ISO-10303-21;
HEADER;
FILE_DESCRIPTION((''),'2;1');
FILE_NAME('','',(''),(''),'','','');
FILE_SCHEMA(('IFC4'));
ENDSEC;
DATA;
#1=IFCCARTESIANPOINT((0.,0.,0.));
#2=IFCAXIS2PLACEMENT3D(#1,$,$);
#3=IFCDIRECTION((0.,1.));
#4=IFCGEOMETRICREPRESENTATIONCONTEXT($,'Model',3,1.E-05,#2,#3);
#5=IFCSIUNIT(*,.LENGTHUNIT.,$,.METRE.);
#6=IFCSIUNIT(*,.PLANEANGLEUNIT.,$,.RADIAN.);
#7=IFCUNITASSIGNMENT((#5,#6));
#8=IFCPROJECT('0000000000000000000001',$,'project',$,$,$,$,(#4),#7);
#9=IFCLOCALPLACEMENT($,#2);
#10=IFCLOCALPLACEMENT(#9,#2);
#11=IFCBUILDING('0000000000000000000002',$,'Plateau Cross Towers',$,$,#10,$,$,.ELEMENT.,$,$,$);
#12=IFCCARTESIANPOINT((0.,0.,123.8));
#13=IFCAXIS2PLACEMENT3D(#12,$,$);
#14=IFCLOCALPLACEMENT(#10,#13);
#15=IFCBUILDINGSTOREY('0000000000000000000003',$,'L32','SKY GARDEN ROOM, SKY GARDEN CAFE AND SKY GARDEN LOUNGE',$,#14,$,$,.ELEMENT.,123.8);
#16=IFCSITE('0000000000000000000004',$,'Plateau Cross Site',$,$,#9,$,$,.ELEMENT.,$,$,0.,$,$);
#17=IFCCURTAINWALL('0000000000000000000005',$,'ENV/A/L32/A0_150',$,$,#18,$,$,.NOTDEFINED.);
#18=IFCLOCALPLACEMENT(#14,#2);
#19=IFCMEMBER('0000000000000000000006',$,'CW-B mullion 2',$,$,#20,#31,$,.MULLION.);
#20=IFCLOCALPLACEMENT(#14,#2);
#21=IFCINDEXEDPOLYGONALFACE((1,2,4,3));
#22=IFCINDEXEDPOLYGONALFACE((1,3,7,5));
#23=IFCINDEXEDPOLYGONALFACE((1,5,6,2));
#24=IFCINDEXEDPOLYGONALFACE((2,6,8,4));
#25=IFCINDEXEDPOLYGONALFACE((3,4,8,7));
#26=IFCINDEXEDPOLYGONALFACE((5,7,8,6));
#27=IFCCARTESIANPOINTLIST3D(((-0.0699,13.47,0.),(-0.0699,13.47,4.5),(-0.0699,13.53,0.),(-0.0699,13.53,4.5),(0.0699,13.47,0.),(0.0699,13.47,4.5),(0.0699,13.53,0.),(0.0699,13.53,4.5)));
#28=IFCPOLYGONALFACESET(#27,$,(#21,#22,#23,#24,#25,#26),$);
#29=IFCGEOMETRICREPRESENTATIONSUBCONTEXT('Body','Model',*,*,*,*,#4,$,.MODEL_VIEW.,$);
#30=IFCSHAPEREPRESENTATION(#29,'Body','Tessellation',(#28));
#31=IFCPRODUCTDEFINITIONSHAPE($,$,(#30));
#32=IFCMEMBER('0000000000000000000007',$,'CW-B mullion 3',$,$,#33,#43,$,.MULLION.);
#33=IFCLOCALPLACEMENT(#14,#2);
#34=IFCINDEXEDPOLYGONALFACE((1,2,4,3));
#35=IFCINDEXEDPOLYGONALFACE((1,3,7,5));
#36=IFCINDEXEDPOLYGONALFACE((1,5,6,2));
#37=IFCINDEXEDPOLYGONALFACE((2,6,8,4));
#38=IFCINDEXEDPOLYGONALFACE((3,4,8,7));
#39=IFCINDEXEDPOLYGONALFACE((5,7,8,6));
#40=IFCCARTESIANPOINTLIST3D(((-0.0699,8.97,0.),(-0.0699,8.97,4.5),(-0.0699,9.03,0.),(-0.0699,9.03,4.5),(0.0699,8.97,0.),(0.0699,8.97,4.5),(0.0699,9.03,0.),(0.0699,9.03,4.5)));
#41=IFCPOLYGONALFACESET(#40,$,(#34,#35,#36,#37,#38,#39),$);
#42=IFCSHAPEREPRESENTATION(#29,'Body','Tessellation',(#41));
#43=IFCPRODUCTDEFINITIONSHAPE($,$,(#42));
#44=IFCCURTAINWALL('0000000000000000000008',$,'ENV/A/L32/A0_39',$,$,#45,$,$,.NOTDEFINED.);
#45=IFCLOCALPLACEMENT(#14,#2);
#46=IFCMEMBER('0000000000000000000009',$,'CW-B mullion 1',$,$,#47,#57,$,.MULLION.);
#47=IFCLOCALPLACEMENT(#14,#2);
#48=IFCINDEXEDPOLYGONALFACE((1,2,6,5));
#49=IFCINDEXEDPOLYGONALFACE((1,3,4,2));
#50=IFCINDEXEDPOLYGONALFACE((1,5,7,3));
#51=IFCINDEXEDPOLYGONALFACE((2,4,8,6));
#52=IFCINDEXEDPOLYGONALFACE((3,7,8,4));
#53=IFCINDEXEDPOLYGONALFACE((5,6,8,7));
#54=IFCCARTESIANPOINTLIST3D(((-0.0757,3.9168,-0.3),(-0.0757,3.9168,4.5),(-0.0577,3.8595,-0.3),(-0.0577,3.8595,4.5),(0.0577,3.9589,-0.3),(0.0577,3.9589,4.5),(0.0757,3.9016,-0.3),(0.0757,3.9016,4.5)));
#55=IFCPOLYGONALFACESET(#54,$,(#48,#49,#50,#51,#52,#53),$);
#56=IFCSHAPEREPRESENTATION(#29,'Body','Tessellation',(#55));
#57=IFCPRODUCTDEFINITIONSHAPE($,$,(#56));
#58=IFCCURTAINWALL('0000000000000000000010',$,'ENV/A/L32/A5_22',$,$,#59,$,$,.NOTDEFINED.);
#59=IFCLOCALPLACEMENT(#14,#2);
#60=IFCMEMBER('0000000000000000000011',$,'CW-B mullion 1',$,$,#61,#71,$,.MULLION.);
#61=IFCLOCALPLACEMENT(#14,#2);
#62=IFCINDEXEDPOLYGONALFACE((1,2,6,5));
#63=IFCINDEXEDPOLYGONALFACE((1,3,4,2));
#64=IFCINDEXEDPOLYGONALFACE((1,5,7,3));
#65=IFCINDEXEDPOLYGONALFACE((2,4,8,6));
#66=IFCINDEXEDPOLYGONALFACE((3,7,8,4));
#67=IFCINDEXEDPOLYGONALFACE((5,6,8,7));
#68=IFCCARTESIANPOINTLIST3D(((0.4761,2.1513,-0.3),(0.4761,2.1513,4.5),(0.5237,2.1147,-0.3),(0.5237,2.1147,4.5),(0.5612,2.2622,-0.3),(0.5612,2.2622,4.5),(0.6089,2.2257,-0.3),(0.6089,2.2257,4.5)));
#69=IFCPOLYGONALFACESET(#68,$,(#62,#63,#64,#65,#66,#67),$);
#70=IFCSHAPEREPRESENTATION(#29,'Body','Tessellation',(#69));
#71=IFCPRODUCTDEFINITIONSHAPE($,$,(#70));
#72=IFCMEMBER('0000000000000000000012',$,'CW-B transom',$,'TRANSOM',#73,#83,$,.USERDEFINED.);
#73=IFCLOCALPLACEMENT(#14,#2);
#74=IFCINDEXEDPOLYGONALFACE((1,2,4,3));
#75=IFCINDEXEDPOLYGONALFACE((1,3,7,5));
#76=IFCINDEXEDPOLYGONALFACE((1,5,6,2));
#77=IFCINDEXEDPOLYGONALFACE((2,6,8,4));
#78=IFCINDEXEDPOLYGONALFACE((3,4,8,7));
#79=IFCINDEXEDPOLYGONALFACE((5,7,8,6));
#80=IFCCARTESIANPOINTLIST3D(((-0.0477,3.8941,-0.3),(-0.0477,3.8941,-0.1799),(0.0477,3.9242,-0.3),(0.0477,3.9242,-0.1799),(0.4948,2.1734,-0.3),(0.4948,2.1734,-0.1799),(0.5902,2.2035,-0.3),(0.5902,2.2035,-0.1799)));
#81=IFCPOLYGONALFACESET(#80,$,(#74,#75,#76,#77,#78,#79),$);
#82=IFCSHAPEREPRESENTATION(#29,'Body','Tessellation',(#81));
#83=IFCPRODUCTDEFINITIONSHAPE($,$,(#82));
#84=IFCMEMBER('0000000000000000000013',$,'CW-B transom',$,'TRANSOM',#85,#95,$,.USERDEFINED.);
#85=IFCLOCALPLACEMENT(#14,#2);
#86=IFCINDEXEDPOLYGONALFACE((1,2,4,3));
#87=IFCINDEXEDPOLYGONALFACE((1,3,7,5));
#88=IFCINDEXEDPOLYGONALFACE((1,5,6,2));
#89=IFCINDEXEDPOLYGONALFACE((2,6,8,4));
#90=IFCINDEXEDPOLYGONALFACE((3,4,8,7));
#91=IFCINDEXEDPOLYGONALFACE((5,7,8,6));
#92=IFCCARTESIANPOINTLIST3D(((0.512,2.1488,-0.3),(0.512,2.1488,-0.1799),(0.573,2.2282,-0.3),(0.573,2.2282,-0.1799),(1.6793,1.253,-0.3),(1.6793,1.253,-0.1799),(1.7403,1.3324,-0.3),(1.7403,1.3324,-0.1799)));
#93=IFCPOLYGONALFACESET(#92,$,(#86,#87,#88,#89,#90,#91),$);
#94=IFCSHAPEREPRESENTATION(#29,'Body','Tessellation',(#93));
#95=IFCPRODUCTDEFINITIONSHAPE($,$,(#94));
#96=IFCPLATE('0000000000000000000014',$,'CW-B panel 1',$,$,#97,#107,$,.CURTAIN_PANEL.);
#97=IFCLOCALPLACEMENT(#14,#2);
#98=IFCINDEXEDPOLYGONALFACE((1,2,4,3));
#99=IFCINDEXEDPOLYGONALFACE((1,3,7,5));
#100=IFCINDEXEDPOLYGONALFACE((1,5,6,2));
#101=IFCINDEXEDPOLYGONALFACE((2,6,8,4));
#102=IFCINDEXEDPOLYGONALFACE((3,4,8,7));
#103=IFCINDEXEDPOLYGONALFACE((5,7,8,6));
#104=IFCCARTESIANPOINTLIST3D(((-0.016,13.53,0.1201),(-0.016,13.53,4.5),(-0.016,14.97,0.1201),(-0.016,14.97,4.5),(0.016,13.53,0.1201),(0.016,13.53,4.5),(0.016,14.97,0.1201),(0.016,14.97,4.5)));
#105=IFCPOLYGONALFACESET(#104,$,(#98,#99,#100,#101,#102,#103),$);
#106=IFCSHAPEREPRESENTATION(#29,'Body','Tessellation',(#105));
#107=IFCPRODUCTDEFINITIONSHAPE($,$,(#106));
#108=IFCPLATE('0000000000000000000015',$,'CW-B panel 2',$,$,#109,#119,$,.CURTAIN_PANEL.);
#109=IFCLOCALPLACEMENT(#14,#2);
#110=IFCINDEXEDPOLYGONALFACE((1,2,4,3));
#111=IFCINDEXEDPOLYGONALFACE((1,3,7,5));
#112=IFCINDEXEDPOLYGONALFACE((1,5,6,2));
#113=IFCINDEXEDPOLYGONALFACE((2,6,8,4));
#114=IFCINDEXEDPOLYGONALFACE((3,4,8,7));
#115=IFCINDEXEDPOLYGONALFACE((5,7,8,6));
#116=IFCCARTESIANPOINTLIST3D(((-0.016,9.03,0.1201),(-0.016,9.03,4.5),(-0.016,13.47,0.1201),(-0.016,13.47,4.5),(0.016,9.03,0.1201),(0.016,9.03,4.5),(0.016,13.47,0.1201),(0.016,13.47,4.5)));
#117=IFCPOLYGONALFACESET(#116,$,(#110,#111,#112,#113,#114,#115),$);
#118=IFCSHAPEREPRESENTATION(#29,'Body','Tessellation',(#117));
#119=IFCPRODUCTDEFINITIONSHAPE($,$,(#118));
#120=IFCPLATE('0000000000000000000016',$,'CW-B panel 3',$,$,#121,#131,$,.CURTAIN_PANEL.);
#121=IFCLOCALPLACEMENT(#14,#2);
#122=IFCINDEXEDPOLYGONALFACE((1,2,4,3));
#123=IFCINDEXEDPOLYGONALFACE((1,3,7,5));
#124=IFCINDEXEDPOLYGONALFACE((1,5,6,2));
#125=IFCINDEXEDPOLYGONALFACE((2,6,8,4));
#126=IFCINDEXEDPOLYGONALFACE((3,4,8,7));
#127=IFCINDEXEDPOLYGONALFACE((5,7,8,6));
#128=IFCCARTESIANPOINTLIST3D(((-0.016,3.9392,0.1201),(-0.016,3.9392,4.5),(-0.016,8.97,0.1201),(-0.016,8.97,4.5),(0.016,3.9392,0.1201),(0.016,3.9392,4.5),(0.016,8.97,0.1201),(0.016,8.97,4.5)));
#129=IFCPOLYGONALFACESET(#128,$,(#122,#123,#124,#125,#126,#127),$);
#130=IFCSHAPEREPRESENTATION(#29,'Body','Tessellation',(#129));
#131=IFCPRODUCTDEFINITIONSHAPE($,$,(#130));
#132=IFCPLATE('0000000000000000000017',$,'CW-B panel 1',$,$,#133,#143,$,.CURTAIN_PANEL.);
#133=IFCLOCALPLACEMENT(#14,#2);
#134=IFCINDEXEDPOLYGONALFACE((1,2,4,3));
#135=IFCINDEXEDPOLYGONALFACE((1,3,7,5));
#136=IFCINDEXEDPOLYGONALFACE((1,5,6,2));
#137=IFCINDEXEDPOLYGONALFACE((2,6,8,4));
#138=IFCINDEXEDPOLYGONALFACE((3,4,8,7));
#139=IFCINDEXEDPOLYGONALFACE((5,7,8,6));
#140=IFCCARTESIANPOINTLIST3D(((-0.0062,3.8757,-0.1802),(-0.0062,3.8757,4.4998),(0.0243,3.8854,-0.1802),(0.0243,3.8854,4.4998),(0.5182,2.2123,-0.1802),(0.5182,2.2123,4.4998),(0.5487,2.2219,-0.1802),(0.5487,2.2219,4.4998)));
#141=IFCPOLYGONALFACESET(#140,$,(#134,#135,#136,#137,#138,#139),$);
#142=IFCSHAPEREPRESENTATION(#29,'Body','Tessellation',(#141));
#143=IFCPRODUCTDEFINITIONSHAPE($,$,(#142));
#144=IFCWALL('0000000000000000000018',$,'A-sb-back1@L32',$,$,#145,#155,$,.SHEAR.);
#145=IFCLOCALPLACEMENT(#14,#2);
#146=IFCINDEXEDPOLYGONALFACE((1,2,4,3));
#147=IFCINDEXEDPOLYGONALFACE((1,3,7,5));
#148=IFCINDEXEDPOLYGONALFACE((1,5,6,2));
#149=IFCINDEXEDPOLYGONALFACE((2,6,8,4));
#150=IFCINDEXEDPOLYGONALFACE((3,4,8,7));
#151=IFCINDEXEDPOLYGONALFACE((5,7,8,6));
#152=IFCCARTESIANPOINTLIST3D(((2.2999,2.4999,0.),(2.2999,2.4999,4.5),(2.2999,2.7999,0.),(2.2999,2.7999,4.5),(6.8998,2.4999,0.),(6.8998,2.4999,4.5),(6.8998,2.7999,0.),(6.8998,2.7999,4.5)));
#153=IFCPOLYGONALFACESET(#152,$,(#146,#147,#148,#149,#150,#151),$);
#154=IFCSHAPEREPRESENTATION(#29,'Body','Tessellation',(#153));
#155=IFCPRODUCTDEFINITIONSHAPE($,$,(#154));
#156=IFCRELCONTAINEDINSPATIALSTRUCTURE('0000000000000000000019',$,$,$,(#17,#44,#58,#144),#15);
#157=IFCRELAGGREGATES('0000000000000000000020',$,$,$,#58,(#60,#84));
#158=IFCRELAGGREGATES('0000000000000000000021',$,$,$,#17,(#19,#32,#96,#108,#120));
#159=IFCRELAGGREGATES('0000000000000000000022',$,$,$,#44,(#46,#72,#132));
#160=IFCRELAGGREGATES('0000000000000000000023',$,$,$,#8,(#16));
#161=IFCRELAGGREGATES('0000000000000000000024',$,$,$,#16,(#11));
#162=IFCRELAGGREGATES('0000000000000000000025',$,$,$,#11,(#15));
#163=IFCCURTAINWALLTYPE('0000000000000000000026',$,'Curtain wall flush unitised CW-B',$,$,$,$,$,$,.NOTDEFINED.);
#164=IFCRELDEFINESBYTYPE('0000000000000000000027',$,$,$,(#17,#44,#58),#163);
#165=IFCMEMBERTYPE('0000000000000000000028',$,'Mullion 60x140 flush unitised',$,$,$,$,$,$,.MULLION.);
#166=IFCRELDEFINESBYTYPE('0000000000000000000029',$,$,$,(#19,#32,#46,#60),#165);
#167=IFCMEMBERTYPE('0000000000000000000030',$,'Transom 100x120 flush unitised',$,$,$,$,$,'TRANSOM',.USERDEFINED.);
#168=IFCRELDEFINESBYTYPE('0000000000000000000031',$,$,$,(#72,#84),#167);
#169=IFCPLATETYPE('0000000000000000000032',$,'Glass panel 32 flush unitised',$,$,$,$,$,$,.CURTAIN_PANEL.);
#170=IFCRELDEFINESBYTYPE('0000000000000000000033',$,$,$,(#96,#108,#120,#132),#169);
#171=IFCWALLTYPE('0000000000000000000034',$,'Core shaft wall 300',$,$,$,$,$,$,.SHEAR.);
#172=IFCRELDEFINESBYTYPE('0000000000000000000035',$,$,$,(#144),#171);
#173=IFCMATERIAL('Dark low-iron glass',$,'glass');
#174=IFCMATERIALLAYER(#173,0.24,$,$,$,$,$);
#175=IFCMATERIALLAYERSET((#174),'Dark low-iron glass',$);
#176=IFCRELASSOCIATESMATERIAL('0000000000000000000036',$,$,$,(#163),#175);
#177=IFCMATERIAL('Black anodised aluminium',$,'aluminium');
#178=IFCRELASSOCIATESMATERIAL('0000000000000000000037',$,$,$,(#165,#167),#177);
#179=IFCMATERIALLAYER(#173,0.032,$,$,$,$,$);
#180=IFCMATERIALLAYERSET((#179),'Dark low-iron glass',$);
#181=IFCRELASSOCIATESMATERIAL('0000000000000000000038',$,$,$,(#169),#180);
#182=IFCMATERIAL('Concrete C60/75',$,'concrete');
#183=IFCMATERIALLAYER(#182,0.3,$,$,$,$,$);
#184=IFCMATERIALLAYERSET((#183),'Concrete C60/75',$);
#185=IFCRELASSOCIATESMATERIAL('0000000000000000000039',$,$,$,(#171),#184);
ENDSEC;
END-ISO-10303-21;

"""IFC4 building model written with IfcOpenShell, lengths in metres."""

from ifc_helpers import new_model, si_unit, direction, frame, frame_2d, origin, origin_2d, place, context, subcontext, project, spatial, rectangle, extrude, material, layer, layer_set, material_profile, profile_set, type_object, element, aggregate, save


model = new_model("IFC4")

# Units and contexts
model_context = context("Model", 3, precision=1e-05, world=origin(), true_north=direction((0.0, 1.0)))
body_context = subcontext(model_context, "Body", "Model", "MODEL_VIEW")
ifc_project = project(units=[si_unit("LENGTHUNIT", "METRE"), si_unit("PLANEANGLEUNIT", "RADIAN")], contexts=[model_context])

# Site, building, storey
site_placement = place(None, origin())
site = spatial("IfcSite", under=ifc_project, at=site_placement, Name="Plateau Cross Site", CompositionType="ELEMENT", RefElevation=0.0)
building_placement = place(site_placement, origin())
building = spatial("IfcBuilding", under=site, at=building_placement, Name="Plateau Cross Towers", CompositionType="ELEMENT")
storey_placement = place(building_placement, frame((0.0, 0.0, 123.8)))
storey = spatial("IfcBuildingStorey", under=building, at=storey_placement, Name="L32", Description="SKY GARDEN ROOM, SKY GARDEN CAFE AND SKY GARDEN LOUNGE", CompositionType="ELEMENT", Elevation=123.8)

# Curtain wall, members
ifc_material_1 = material(Name="Dark low-iron glass", Category="glass")
ifc_layer_1 = layer(ifc_material_1, 0.24)
ifc_layer_set_1 = layer_set([ifc_layer_1], Name="Dark low-iron glass")
curtain_wall_type = type_object("IfcCurtainWallType", Name="Curtain wall flush unitised CW-B", PredefinedType="NOTDEFINED", material=ifc_layer_set_1)
curtain_wall_1_placement = place(storey_placement, origin())
curtain_wall_1 = element("IfcCurtainWall", 1, at=curtain_wall_1_placement, inside=storey, type_object=curtain_wall_type, Name="ENV/A/L32/A0_150", PredefinedType="NOTDEFINED")
ifc_material_2 = material(Name="Black anodised aluminium", Category="aluminium")
ifc_material_profile_1 = material_profile(ifc_material_2, rectangle(XDim=0.0601, YDim=0.1399, at=origin_2d()), Name="MULLION 60x140")
ifc_profile_set_1 = profile_set([ifc_material_profile_1], Name="Black anodised aluminium")
member_type_1 = type_object("IfcMemberType", Name="Mullion 60x140 flush unitised", PredefinedType="MULLION", material=ifc_profile_set_1)
member_1_placement = place(storey_placement, frame((0.0, 13.5, 0.0), z_axis=(0.0, 0.0, 1.0), x_axis=(0.0, -1.0, 0.0)))
member_1 = element("IfcMember", 2, at=member_1_placement, type_object=member_type_1, Name="CW-B mullion 2", PredefinedType="MULLION", context=body_context, shape_type="SweptSolid", body=[
    extrude(rectangle(XDim=0.0601, YDim=0.1399, at=origin_2d()), origin(), (0.0, 0.0, 1.0), 4.5),
])
member_2_placement = place(storey_placement, frame((0.0, 9.0, 0.0), z_axis=(0.0, 0.0, 1.0), x_axis=(0.0, -1.0, 0.0)))
member_2 = element("IfcMember", 3, at=member_2_placement, type_object=member_type_1, Name="CW-B mullion 3", PredefinedType="MULLION", context=body_context, shape_type="SweptSolid", body=[
    extrude(rectangle(XDim=0.0601, YDim=0.1399, at=origin_2d()), origin(), (0.0, 0.0, 1.0), 4.5),
])

# Curtain walls, members
curtain_wall_2_placement = place(storey_placement, origin())
curtain_wall_2 = element("IfcCurtainWall", 4, at=curtain_wall_2_placement, inside=storey, type_object=curtain_wall_type, Name="ENV/A/L32/A0_39", PredefinedType="NOTDEFINED")
member_3_placement = place(storey_placement, frame((0.0, 3.9092, -0.3), z_axis=(0.0, 0.0, 1.0), x_axis=(0.300686, -0.953723, 0.0)))
member_3 = element("IfcMember", 5, at=member_3_placement, type_object=member_type_1, Name="CW-B mullion 1", PredefinedType="MULLION", context=body_context, shape_type="SweptSolid", body=[
    extrude(rectangle(XDim=0.0601, YDim=0.1399, at=origin_2d()), origin(), (0.0, 0.0, 1.0), 4.8),
])
curtain_wall_3_placement = place(storey_placement, origin())
curtain_wall_3 = element("IfcCurtainWall", 6, at=curtain_wall_3_placement, inside=storey, type_object=curtain_wall_type, Name="ENV/A/L32/A5_22", PredefinedType="NOTDEFINED")
member_4_placement = place(storey_placement, frame((0.5425, 2.1885, -0.3), z_axis=(0.0, 0.0, 1.0), x_axis=(0.793316, -0.608811, 0.0)))
member_4 = element("IfcMember", 7, at=member_4_placement, type_object=member_type_1, Name="CW-B mullion 1", PredefinedType="MULLION", context=body_context, shape_type="SweptSolid", body=[
    extrude(rectangle(XDim=0.0601, YDim=0.1399, at=origin_2d()), origin(), (0.0, 0.0, 1.0), 4.8),
])

# Members
ifc_material_profile_2 = material_profile(ifc_material_2, rectangle(XDim=0.1001, YDim=0.1201, at=origin_2d()), Name="TRANSOM 100x120")
ifc_profile_set_2 = profile_set([ifc_material_profile_2], Name="Black anodised aluminium")
member_type_2 = type_object("IfcMemberType", Name="Transom 100x120 flush unitised", ElementType="TRANSOM", PredefinedType="USERDEFINED", material=ifc_profile_set_2)
member_5_placement = place(storey_placement, frame((0.0, 3.9092, -0.24), z_axis=(0.300678, -0.953726, 0.0), x_axis=(0.953726, 0.300678, 0.0)))
member_5 = element("IfcMember", 8, at=member_5_placement, type_object=member_type_2, Name="CW-B transom", ObjectType="TRANSOM", PredefinedType="USERDEFINED", context=body_context, shape_type="SweptSolid", body=[
    extrude(rectangle(XDim=0.1001, YDim=0.1201, at=origin_2d()), origin(), (0.0, 0.0, 1.0), 1.8042),
])
member_6_placement = place(storey_placement, frame((0.5425, 2.1885, -0.24), z_axis=(0.793321, -0.608804, 0.0), x_axis=(0.608804, 0.793321, 0.0)))
member_6 = element("IfcMember", 9, at=member_6_placement, type_object=member_type_2, Name="CW-B transom", ObjectType="TRANSOM", PredefinedType="USERDEFINED", context=body_context, shape_type="SweptSolid", body=[
    extrude(rectangle(XDim=0.1001, YDim=0.1201, at=origin_2d()), origin(), (0.0, 0.0, 1.0), 1.4714),
])
aggregate(curtain_wall_3, [member_4, member_6])

# Plates
ifc_layer_2 = layer(ifc_material_1, 0.032)
ifc_layer_set_2 = layer_set([ifc_layer_2], Name="Dark low-iron glass")
plate_type = type_object("IfcPlateType", Name="Glass panel 32 flush unitised", PredefinedType="CURTAIN_PANEL", material=ifc_layer_set_2)
plate_1_placement = place(storey_placement, frame((0.0, 14.25, 0.1201), z_axis=(0.0, 0.0, 1.0), x_axis=(0.0, -1.0, 0.0)))
plate_1 = element("IfcPlate", 10, at=plate_1_placement, type_object=plate_type, Name="CW-B panel 1", PredefinedType="CURTAIN_PANEL", context=body_context, shape_type="SweptSolid", body=[
    extrude(rectangle(XDim=1.4399, YDim=0.032, at=origin_2d()), origin(), (0.0, 0.0, 1.0), 4.3799),
])
plate_2_placement = place(storey_placement, frame((0.0, 11.25, 0.1201), z_axis=(0.0, 0.0, 1.0), x_axis=(0.0, -1.0, 0.0)))
plate_2 = element("IfcPlate", 11, at=plate_2_placement, type_object=plate_type, Name="CW-B panel 2", PredefinedType="CURTAIN_PANEL", context=body_context, shape_type="SweptSolid", body=[
    extrude(rectangle(XDim=4.4399, YDim=0.032, at=origin_2d()), origin(), (0.0, 0.0, 1.0), 4.3799),
])
plate_3_placement = place(storey_placement, frame((0.0, 6.4546, 0.1201), z_axis=(0.0, 0.0, 1.0), x_axis=(0.0, -1.0, 0.0)))
plate_3 = element("IfcPlate", 12, at=plate_3_placement, type_object=plate_type, Name="CW-B panel 3", PredefinedType="CURTAIN_PANEL", context=body_context, shape_type="SweptSolid", body=[
    extrude(rectangle(XDim=5.0308, YDim=0.032, at=origin_2d()), origin(), (0.0, 0.0, 1.0), 4.3799),
])
aggregate(curtain_wall_1, [member_1, member_2, plate_1, plate_2, plate_3])
plate_4_placement = place(storey_placement, frame((0.2712, 3.0488, -0.1802), z_axis=(0.0, 0.0, 1.0), x_axis=(0.300686, -0.953723, 0.0)))
plate_4 = element("IfcPlate", 13, at=plate_4_placement, type_object=plate_type, Name="CW-B panel 1", PredefinedType="CURTAIN_PANEL", context=body_context, shape_type="SweptSolid", body=[
    extrude(rectangle(XDim=1.7441, YDim=0.032, at=origin_2d()), origin(), (0.0, 0.0, 1.0), 4.6799),
])
aggregate(curtain_wall_2, [member_3, member_5, plate_4])

# Wall
ifc_material_3 = material(Name="Concrete C60/75", Category="concrete")
ifc_layer_3 = layer(ifc_material_3, 0.3)
ifc_layer_set_3 = layer_set([ifc_layer_3], Name="Concrete C60/75")
wall_type_1 = type_object("IfcWallType", Name="Core shaft wall 300", PredefinedType="SHEAR", material=ifc_layer_set_3)
wall_1_placement = place(storey_placement, frame((2.3, 2.6499, 0.0), z_axis=(0.0, 0.0, 1.0), x_axis=(1.0, 0.0, 0.0)))
element("IfcWall", 14, at=wall_1_placement, inside=storey, type_object=wall_type_1, Name="A-sb-back1@L32", PredefinedType="SHEAR", context=body_context, shape_type="SweptSolid", body=[
    extrude(rectangle(XDim=4.5999, YDim=0.3, at=frame_2d((2.2998, 0.0))), origin(), (0.0, 0.0, 1.0), 4.5),
])

save(model, "model.ifc")
